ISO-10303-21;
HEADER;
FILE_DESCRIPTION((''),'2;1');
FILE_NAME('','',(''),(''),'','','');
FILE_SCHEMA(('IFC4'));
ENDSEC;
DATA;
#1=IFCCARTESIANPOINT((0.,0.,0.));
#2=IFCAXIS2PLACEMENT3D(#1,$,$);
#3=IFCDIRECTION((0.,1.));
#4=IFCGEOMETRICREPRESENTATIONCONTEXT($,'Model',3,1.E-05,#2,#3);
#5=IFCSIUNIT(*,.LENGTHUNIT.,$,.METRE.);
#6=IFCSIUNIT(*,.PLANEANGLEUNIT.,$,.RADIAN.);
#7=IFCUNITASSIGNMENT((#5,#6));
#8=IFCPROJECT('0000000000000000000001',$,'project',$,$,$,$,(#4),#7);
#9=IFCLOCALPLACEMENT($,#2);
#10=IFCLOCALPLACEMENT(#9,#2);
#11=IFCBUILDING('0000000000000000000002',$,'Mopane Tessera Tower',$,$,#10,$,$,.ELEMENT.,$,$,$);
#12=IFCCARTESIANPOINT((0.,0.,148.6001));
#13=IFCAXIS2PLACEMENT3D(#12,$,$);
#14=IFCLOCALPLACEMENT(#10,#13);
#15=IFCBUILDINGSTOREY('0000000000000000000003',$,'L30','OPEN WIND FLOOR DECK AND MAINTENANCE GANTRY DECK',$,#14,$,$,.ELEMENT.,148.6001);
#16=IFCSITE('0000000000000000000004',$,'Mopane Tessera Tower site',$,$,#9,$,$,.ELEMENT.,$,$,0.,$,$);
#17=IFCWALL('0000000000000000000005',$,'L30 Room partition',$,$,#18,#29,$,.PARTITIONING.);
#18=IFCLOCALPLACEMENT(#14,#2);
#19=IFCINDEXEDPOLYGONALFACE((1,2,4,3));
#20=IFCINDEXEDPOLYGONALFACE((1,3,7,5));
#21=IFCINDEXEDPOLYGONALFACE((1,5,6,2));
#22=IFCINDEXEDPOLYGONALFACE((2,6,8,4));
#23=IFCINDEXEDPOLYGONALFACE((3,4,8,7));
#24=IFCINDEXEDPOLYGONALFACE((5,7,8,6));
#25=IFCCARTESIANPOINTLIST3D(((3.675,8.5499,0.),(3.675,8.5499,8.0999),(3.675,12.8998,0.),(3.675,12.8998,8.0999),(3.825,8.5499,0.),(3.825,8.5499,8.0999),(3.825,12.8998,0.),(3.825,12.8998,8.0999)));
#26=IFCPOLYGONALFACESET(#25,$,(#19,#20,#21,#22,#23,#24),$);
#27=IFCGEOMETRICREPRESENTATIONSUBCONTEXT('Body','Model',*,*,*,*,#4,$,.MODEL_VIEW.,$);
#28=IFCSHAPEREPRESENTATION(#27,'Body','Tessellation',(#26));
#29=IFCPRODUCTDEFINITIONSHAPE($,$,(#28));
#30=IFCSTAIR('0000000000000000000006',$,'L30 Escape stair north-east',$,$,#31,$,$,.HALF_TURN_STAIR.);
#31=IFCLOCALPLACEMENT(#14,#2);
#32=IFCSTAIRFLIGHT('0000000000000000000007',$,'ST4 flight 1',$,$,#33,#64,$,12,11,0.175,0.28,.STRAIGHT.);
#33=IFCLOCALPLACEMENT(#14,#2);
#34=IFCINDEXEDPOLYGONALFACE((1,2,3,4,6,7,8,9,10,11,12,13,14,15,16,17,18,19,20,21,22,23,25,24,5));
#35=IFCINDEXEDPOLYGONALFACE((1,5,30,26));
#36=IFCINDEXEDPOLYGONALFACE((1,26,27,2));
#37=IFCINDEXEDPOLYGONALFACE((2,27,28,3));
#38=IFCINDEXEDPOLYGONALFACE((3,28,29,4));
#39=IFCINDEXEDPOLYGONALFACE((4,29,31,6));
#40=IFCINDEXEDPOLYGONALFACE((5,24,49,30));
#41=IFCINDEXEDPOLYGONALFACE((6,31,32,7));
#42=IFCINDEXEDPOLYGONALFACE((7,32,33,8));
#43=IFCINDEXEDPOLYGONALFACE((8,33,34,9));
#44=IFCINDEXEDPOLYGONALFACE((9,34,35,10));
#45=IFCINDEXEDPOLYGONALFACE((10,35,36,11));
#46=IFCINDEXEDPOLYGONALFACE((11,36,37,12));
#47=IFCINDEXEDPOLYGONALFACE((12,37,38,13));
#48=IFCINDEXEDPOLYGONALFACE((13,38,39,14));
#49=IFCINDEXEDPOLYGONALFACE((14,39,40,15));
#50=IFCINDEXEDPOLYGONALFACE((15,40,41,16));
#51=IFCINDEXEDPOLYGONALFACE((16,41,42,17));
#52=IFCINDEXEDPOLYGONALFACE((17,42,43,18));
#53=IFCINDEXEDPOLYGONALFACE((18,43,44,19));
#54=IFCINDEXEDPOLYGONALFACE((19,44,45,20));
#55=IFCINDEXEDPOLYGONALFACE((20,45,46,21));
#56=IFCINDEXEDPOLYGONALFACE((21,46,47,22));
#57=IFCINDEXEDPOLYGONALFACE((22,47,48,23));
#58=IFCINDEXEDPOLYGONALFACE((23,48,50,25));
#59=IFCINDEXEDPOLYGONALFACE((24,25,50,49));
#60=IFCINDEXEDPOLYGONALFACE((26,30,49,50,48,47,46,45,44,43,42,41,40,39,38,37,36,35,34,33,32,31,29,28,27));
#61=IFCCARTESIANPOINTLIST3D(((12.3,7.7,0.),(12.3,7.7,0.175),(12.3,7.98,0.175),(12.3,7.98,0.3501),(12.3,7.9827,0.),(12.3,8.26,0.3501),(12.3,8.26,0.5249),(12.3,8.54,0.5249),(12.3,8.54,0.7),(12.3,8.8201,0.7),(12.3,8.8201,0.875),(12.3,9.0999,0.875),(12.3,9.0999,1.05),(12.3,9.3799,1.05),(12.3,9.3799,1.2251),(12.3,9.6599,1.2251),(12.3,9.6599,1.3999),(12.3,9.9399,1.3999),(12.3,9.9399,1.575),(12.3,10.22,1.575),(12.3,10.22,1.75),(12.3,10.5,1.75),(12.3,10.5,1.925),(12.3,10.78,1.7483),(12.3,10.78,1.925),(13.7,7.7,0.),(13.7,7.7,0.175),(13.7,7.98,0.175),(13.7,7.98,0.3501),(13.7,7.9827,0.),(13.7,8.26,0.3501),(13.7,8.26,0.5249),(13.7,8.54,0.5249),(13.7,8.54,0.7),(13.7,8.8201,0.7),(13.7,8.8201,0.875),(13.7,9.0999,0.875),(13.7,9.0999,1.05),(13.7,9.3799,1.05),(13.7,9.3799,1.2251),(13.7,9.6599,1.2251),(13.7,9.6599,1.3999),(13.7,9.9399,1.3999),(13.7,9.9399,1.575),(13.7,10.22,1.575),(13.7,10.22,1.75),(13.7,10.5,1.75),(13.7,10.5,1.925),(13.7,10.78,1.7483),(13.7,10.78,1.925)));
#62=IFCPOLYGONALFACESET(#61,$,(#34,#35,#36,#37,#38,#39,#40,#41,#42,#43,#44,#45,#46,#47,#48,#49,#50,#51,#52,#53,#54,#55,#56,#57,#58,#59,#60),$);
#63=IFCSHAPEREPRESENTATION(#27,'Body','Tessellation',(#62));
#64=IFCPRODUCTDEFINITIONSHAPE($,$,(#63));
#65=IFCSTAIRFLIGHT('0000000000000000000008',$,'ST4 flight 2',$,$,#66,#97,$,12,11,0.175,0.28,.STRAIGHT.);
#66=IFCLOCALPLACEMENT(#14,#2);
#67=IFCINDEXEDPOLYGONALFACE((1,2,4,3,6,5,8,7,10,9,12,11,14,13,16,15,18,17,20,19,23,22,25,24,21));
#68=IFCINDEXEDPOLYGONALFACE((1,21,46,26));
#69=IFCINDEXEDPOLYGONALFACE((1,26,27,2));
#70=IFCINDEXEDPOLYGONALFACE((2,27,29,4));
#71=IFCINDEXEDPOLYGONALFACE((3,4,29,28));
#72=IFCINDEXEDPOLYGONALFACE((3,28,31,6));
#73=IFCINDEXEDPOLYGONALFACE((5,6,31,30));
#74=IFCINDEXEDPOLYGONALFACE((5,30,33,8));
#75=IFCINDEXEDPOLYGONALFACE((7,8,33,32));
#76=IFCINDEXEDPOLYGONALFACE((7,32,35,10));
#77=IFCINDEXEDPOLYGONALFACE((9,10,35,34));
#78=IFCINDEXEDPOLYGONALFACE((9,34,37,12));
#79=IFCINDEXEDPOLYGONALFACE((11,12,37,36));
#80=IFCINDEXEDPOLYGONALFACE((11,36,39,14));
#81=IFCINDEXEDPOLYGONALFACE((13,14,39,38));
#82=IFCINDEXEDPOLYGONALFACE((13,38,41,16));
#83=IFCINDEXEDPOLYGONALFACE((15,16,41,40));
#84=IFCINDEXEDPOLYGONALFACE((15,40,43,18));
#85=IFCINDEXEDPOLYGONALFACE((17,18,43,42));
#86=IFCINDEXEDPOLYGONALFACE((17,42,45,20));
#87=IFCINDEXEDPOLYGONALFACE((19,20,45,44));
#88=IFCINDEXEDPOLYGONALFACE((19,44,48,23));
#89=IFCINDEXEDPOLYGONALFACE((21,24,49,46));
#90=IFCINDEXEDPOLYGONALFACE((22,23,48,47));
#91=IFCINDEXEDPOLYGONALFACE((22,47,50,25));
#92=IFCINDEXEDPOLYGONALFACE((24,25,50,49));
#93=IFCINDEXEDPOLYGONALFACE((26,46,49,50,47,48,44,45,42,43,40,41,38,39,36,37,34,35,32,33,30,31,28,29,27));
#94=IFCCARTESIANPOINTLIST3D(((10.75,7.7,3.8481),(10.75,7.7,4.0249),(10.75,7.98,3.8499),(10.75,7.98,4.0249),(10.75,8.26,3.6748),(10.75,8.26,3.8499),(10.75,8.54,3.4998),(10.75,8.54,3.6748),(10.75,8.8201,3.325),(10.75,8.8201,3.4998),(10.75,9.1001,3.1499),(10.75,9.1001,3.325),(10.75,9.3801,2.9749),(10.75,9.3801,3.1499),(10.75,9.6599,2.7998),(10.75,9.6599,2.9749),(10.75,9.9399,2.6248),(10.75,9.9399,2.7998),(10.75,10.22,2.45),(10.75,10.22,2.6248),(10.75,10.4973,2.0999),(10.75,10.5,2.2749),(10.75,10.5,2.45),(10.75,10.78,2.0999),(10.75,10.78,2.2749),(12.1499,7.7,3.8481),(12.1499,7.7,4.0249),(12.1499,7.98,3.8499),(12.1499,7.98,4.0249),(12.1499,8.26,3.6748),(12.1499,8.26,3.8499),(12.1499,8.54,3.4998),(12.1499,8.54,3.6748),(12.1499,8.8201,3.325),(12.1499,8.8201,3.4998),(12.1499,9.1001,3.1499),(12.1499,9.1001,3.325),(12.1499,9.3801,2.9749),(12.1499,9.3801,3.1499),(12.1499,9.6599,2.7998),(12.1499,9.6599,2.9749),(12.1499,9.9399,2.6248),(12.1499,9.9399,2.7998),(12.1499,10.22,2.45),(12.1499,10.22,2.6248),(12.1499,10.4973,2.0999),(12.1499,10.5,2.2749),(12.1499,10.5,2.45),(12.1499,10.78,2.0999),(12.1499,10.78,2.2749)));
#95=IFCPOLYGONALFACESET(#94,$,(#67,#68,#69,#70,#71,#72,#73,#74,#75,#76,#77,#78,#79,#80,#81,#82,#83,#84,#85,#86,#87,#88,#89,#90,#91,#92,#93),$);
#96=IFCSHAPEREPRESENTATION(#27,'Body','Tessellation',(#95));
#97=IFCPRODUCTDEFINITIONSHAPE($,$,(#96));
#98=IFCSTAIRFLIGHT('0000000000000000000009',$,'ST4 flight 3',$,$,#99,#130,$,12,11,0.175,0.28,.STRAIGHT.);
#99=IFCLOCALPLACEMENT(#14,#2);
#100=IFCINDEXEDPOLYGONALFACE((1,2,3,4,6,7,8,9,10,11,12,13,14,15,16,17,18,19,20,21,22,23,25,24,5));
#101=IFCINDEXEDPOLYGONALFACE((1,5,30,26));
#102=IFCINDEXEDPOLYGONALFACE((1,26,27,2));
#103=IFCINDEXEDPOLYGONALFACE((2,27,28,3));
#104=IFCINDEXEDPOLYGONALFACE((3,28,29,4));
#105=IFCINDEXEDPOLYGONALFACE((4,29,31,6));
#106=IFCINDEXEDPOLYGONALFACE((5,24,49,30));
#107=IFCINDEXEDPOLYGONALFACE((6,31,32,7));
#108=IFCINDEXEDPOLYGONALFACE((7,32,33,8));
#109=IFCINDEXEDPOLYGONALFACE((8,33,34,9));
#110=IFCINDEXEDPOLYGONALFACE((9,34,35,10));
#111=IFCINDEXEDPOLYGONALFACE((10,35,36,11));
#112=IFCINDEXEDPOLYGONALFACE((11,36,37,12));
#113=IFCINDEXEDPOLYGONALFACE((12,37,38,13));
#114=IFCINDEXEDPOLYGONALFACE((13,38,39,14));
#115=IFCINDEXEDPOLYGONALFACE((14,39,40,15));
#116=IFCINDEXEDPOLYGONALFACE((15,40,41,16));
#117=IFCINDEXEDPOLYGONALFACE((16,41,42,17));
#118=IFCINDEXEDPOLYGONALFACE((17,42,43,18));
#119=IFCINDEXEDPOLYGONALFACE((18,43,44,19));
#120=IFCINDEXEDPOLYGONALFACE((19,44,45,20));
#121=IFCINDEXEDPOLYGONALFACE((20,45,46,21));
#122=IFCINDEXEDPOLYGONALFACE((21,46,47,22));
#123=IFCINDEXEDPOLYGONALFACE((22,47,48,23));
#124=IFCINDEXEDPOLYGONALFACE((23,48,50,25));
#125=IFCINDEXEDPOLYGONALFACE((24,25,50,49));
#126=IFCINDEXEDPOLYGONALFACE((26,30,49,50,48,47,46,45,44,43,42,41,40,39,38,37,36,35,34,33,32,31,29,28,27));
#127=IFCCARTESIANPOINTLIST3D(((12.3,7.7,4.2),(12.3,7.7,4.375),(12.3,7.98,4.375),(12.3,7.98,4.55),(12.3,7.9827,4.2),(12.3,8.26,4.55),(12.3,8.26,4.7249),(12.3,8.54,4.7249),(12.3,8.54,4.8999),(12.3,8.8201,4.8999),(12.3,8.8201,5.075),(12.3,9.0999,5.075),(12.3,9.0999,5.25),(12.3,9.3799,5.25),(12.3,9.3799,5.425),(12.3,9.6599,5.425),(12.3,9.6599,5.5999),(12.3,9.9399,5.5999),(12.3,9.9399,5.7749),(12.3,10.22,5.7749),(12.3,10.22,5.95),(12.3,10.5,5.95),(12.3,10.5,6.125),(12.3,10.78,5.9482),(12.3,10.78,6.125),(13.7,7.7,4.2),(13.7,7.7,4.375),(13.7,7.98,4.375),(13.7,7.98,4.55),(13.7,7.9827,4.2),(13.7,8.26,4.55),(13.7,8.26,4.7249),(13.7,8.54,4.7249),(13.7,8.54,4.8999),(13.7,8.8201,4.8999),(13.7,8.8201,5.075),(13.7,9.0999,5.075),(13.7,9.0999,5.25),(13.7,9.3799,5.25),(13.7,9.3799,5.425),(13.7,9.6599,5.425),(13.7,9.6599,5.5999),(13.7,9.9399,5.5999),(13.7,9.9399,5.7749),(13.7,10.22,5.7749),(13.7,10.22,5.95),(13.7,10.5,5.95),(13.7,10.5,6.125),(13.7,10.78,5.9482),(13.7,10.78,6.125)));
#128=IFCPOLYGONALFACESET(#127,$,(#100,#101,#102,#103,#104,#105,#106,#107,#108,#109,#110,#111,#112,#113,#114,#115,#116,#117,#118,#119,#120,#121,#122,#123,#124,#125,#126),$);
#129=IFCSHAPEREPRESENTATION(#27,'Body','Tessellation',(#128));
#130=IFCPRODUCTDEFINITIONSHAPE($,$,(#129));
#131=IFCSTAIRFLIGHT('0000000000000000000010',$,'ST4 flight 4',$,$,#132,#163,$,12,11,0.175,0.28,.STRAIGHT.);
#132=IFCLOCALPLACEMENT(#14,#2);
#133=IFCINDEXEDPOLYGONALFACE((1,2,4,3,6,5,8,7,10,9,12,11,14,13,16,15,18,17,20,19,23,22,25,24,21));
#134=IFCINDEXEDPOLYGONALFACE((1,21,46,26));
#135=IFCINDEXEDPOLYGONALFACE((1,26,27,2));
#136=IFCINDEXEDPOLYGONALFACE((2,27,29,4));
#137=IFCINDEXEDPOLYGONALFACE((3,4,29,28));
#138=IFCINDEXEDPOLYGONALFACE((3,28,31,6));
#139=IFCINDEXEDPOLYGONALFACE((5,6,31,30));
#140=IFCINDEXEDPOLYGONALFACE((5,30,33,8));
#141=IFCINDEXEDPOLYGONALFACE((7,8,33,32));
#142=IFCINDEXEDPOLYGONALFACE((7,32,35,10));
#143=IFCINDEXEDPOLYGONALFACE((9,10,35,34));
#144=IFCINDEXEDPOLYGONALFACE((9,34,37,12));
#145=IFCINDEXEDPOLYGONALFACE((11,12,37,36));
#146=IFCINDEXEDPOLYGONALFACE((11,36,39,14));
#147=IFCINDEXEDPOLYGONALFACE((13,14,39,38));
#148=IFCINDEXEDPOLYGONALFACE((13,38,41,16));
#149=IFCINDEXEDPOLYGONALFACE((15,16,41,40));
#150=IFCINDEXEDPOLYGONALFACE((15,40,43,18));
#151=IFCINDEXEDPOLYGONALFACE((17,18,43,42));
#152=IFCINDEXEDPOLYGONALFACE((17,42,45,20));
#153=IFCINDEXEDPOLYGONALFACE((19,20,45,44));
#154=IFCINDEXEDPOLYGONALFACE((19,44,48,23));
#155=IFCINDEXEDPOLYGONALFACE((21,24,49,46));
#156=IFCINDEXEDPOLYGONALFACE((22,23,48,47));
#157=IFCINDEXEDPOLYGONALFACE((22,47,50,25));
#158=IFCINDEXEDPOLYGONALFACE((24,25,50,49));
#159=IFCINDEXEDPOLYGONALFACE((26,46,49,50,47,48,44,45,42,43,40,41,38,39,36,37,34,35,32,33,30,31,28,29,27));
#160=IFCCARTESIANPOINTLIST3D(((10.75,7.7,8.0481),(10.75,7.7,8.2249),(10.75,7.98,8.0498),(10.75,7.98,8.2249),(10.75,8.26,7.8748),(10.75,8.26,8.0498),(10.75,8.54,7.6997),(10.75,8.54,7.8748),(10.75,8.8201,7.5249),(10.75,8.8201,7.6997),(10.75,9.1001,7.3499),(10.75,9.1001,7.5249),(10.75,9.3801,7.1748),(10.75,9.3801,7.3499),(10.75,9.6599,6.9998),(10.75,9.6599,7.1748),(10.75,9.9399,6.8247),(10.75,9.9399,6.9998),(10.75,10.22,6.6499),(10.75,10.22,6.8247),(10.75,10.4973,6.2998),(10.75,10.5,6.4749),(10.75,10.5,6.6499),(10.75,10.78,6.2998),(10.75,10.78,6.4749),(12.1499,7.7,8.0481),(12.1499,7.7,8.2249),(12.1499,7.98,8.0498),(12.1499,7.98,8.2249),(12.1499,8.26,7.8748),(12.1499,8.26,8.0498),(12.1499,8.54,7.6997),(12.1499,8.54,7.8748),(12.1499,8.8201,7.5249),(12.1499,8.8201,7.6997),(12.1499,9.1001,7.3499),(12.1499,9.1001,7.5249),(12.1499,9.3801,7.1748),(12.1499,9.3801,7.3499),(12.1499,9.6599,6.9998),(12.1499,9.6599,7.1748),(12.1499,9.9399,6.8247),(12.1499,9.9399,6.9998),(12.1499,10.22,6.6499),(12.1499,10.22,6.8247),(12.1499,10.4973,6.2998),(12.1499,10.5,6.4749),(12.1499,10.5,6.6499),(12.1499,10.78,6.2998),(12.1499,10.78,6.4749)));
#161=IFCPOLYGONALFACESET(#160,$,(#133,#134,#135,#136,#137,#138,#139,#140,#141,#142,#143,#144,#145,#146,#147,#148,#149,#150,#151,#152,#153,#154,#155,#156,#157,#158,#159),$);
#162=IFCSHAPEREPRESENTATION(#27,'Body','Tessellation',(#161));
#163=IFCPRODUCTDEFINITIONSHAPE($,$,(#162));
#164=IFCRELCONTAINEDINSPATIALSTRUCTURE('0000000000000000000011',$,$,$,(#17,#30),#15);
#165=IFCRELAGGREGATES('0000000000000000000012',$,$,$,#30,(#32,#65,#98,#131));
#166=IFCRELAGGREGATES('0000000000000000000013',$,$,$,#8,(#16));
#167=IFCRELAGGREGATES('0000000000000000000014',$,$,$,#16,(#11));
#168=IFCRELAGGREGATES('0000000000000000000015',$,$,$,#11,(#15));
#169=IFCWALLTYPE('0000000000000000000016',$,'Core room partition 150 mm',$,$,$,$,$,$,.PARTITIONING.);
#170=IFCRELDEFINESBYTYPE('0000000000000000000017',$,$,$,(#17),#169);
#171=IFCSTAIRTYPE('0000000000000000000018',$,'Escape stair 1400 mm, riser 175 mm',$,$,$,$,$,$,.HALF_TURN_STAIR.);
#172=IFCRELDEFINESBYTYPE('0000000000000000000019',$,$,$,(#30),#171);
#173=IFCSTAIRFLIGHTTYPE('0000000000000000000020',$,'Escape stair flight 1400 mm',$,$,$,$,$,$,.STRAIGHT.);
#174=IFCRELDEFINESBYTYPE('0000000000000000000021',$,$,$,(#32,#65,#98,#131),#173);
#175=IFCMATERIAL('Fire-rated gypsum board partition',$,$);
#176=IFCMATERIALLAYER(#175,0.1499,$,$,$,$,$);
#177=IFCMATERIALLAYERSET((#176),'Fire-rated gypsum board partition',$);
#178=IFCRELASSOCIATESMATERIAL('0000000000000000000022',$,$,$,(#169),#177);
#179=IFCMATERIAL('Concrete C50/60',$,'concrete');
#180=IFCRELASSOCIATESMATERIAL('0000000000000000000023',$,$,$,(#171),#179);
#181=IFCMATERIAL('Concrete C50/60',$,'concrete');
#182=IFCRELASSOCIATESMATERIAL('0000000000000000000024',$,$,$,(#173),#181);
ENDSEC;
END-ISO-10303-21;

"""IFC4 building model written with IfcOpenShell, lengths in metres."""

from ifc_helpers import new_model, si_unit, direction, frame, frame_2d, origin, place, context, subcontext, project, spatial, polyline, rectangle, outline, extrude, material, layer, layer_set, type_object, element, aggregate, save


model = new_model("IFC4")

# Units and contexts
model_context = context("Model", 3, precision=1e-05, world=origin(), true_north=direction((0.0, 1.0)))
body_context = subcontext(model_context, "Body", "Model", "MODEL_VIEW")
ifc_project = project(units=[si_unit("LENGTHUNIT", "METRE"), si_unit("PLANEANGLEUNIT", "RADIAN")], contexts=[model_context])

# Site, building, storey
site_placement = place(None, origin())
site = spatial("IfcSite", under=ifc_project, at=site_placement, Name="Mopane Tessera Tower site", CompositionType="ELEMENT", RefElevation=0.0)
building_placement = place(site_placement, origin())
building = spatial("IfcBuilding", under=site, at=building_placement, Name="Mopane Tessera Tower", CompositionType="ELEMENT")
storey_placement = place(building_placement, frame((0.0, 0.0, 148.6001)))
storey = spatial("IfcBuildingStorey", under=building, at=storey_placement, Name="L30", Description="OPEN WIND FLOOR DECK AND MAINTENANCE GANTRY DECK", CompositionType="ELEMENT", Elevation=148.6001)

# Wall
ifc_material_1 = material(Name="Fire-rated gypsum board partition")
ifc_layer_1 = layer(ifc_material_1, 0.1499)
ifc_layer_set_1 = layer_set([ifc_layer_1], Name="Fire-rated gypsum board partition")
wall_type = type_object("IfcWallType", Name="Core room partition 150 mm", PredefinedType="PARTITIONING", material=ifc_layer_set_1)
wall_placement = place(storey_placement, frame((3.75, 8.55, 0.0), z_axis=(0.0, 0.0, 1.0), x_axis=(0.0, 1.0, 0.0)))
element("IfcWall", 1, at=wall_placement, inside=storey, type_object=wall_type, Name="L30 Room partition", PredefinedType="PARTITIONING", context=body_context, shape_type="SweptSolid", body=[
    extrude(rectangle(XDim=4.3499, YDim=0.1499, at=frame_2d((2.1748, 0.0))), origin(), (0.0, 0.0, 1.0), 8.0999),
])

# Stair, stair flights
ifc_material_2 = material(Name="Concrete C50/60", Category="concrete")
stair_type = type_object("IfcStairType", Name="Escape stair 1400 mm, riser 175 mm", PredefinedType="HALF_TURN_STAIR", material=ifc_material_2)
stair_placement = place(storey_placement, origin())
stair = element("IfcStair", 2, at=stair_placement, inside=storey, type_object=stair_type, Name="L30 Escape stair north-east", PredefinedType="HALF_TURN_STAIR")
ifc_material_3 = material(Name="Concrete C50/60", Category="concrete")
stair_flight_type = type_object("IfcStairFlightType", Name="Escape stair flight 1400 mm", PredefinedType="STRAIGHT", material=ifc_material_3)
stair_flight_1_placement = place(storey_placement, frame((13.0, 7.7, 0.0), z_axis=(0.0, 0.0, 1.0), x_axis=(0.0, 1.0, 0.0)))
stair_flight_1 = element("IfcStairFlight", 3, at=stair_flight_1_placement, type_object=stair_flight_type, Name="ST4 flight 1", NumberOfRisers=12, NumberOfTreads=11, PredefinedType="STRAIGHT", RiserHeight=0.175, TreadLength=0.28, context=body_context, shape_type="SweptSolid", body=[
    extrude(outline(polyline([(0.0, 0.0), (0.0, 0.175), (0.28, 0.175), (0.28, 0.3501), (0.5601, 0.3501), (0.5601, 0.5249), (0.8401, 0.5249), (0.8401, 0.7), (1.1201, 0.7), (1.1201, 0.875), (1.3999, 0.875), (1.3999, 1.05), (1.6799, 1.05), (1.6799, 1.2251), (1.96, 1.2251), (1.96, 1.3999), (2.24, 1.3999), (2.24, 1.575), (2.52, 1.575), (2.52, 1.75), (2.8, 1.75), (2.8, 1.925), (3.0801, 1.925), (3.0801, 2.1001), (3.0801, 1.7483), (0.2827, 0.0), (0.0, 0.0)])), frame((0.0, 0.7, 0.0), z_axis=(0.0, -1.0, 0.0), x_axis=(1.0, 0.0, 0.0)), (0.0, 0.0, 1.0), 1.3999),
])
stair_flight_2_placement = place(storey_placement, frame((11.45, 10.78, 2.0999), z_axis=(0.0, 0.0, 1.0), x_axis=(0.0, -1.0, 0.0)))
stair_flight_2 = element("IfcStairFlight", 4, at=stair_flight_2_placement, type_object=stair_flight_type, Name="ST4 flight 2", NumberOfRisers=12, NumberOfTreads=11, PredefinedType="STRAIGHT", RiserHeight=0.175, TreadLength=0.28, context=body_context, shape_type="SweptSolid", body=[
    extrude(outline(polyline([(0.0, 0.0), (0.0, 0.175), (0.28, 0.175), (0.28, 0.3501), (0.5601, 0.3501), (0.5601, 0.5249), (0.8401, 0.5249), (0.8401, 0.7), (1.1201, 0.7), (1.1201, 0.875), (1.3999, 0.875), (1.3999, 1.05), (1.6799, 1.05), (1.6799, 1.2251), (1.96, 1.2251), (1.96, 1.3999), (2.24, 1.3999), (2.24, 1.575), (2.52, 1.575), (2.52, 1.75), (2.8, 1.75), (2.8, 1.925), (3.0801, 1.925), (3.0801, 2.1001), (3.0801, 1.7483), (0.2827, 0.0), (0.0, 0.0)])), frame((0.0, 0.7, 0.0), z_axis=(0.0, -1.0, 0.0), x_axis=(1.0, 0.0, 0.0)), (0.0, 0.0, 1.0), 1.3999),
])
stair_flight_3_placement = place(storey_placement, frame((13.0, 7.7, 4.2), z_axis=(0.0, 0.0, 1.0), x_axis=(0.0, 1.0, 0.0)))
stair_flight_3 = element("IfcStairFlight", 5, at=stair_flight_3_placement, type_object=stair_flight_type, Name="ST4 flight 3", NumberOfRisers=12, NumberOfTreads=11, PredefinedType="STRAIGHT", RiserHeight=0.175, TreadLength=0.28, context=body_context, shape_type="SweptSolid", body=[
    extrude(outline(polyline([(0.0, 0.0), (0.0, 0.175), (0.28, 0.175), (0.28, 0.3501), (0.5601, 0.3501), (0.5601, 0.5249), (0.8401, 0.5249), (0.8401, 0.7), (1.1201, 0.7), (1.1201, 0.875), (1.3999, 0.875), (1.3999, 1.05), (1.6799, 1.05), (1.6799, 1.2251), (1.96, 1.2251), (1.96, 1.3999), (2.24, 1.3999), (2.24, 1.575), (2.52, 1.575), (2.52, 1.75), (2.8, 1.75), (2.8, 1.925), (3.0801, 1.925), (3.0801, 2.1001), (3.0801, 1.7483), (0.2827, 0.0), (0.0, 0.0)])), frame((0.0, 0.7, 0.0), z_axis=(0.0, -1.0, 0.0), x_axis=(1.0, 0.0, 0.0)), (0.0, 0.0, 1.0), 1.3999),
])
stair_flight_4_placement = place(storey_placement, frame((11.45, 10.78, 6.2998), z_axis=(0.0, 0.0, 1.0), x_axis=(0.0, -1.0, 0.0)))
stair_flight_4 = element("IfcStairFlight", 6, at=stair_flight_4_placement, type_object=stair_flight_type, Name="ST4 flight 4", NumberOfRisers=12, NumberOfTreads=11, PredefinedType="STRAIGHT", RiserHeight=0.175, TreadLength=0.28, context=body_context, shape_type="SweptSolid", body=[
    extrude(outline(polyline([(0.0, 0.0), (0.0, 0.175), (0.28, 0.175), (0.28, 0.3501), (0.5601, 0.3501), (0.5601, 0.5249), (0.8401, 0.5249), (0.8401, 0.7), (1.1201, 0.7), (1.1201, 0.875), (1.3999, 0.875), (1.3999, 1.05), (1.6799, 1.05), (1.6799, 1.2251), (1.96, 1.2251), (1.96, 1.3999), (2.24, 1.3999), (2.24, 1.575), (2.52, 1.575), (2.52, 1.75), (2.8, 1.75), (2.8, 1.925), (3.0801, 1.925), (3.0801, 2.1001), (3.0801, 1.7483), (0.2827, 0.0), (0.0, 0.0)])), frame((0.0, 0.7, 0.0), z_axis=(0.0, -1.0, 0.0), x_axis=(1.0, 0.0, 0.0)), (0.0, 0.0, 1.0), 1.3999),
])
aggregate(stair, [stair_flight_1, stair_flight_2, stair_flight_3, stair_flight_4])

save(model, "model.ifc")
